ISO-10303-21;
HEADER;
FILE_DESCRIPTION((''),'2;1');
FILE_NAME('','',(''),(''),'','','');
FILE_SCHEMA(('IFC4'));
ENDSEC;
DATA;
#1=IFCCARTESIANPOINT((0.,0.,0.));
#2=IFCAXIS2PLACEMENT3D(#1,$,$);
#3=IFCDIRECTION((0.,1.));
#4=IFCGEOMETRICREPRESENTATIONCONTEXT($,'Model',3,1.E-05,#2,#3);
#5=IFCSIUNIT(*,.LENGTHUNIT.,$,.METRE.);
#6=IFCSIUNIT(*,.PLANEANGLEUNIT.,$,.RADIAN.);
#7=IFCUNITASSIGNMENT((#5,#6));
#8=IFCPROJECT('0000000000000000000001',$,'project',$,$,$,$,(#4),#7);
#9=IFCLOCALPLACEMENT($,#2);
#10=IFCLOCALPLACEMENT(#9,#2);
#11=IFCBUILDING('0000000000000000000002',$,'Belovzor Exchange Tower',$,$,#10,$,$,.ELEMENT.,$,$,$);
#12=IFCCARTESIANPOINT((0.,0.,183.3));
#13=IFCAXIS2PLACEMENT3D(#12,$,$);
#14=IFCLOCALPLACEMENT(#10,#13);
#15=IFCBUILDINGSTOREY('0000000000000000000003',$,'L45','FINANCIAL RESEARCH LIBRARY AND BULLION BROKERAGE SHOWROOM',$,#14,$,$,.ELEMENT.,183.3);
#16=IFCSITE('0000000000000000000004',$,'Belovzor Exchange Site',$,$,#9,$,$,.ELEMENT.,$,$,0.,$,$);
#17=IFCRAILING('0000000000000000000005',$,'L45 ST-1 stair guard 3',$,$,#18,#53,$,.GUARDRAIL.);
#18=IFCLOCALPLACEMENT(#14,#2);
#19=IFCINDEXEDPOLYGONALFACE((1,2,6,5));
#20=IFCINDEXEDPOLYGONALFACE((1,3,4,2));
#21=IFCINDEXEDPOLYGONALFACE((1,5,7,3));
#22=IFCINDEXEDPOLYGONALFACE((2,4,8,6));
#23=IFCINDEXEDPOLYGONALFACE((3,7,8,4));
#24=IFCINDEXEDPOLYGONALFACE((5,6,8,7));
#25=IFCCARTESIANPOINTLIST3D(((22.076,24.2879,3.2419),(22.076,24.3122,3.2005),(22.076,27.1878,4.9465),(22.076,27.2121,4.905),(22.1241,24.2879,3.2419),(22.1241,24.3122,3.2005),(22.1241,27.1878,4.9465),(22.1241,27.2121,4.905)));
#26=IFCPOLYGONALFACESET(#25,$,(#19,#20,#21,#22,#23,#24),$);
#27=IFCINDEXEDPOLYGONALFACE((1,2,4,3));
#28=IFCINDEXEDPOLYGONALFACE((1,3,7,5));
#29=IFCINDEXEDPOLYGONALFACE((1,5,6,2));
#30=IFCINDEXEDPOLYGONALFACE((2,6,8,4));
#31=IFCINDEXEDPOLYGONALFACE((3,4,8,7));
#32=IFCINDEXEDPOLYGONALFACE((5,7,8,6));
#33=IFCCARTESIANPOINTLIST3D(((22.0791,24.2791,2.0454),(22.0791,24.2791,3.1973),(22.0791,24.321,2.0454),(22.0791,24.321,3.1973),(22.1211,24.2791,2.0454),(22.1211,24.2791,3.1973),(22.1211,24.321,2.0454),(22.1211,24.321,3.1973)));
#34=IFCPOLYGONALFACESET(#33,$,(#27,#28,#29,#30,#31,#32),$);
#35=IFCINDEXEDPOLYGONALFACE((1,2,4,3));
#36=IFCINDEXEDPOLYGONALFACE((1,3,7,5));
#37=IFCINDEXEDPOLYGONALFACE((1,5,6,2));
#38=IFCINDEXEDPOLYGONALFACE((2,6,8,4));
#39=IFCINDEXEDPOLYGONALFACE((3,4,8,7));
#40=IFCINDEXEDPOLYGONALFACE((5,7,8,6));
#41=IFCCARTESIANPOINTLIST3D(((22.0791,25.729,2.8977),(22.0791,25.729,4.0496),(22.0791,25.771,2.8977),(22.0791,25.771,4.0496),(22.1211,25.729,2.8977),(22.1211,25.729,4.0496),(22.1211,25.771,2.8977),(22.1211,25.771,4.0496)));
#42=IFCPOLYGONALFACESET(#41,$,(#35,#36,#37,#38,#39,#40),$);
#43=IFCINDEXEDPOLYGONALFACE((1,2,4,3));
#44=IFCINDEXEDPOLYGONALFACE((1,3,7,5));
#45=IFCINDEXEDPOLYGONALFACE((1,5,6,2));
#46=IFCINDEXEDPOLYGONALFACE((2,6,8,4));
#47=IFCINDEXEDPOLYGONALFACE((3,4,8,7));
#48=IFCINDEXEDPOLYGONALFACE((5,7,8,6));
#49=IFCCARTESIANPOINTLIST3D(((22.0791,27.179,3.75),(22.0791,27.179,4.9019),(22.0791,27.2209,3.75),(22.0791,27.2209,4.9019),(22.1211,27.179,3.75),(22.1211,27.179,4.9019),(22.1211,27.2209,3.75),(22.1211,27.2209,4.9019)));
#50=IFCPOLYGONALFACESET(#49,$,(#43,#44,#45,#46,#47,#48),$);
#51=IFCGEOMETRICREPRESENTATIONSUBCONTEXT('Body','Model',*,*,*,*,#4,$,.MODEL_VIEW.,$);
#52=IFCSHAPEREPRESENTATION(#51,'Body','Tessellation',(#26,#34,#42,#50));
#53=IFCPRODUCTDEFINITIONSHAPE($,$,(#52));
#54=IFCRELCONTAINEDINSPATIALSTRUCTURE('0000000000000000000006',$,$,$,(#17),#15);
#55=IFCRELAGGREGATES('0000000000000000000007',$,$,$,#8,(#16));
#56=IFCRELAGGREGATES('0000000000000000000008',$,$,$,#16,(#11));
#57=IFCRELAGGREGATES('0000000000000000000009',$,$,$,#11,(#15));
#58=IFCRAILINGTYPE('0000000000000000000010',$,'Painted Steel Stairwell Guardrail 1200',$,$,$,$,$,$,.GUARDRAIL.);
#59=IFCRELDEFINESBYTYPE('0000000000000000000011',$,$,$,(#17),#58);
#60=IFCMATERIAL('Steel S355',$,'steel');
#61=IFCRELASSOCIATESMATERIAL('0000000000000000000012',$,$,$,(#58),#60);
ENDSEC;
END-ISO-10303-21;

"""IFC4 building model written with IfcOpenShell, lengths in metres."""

from ifc_helpers import new_model, si_unit, direction, frame, origin, origin_2d, place, context, subcontext, project, spatial, rectangle, extrude, material, type_object, element, save


model = new_model("IFC4")

# Units and contexts
model_context = context("Model", 3, precision=1e-05, world=origin(), true_north=direction((0.0, 1.0)))
body_context = subcontext(model_context, "Body", "Model", "MODEL_VIEW")
ifc_project = project(units=[si_unit("LENGTHUNIT", "METRE"), si_unit("PLANEANGLEUNIT", "RADIAN")], contexts=[model_context])

# Site, building, storey
site_placement = place(None, origin())
site = spatial("IfcSite", under=ifc_project, at=site_placement, Name="Belovzor Exchange Site", CompositionType="ELEMENT", RefElevation=0.0)
building_placement = place(site_placement, origin())
building = spatial("IfcBuilding", under=site, at=building_placement, Name="Belovzor Exchange Tower", CompositionType="ELEMENT")
storey_placement = place(building_placement, frame((0.0, 0.0, 183.3)))
storey = spatial("IfcBuildingStorey", under=building, at=storey_placement, Name="L45", Description="FINANCIAL RESEARCH LIBRARY AND BULLION BROKERAGE SHOWROOM", CompositionType="ELEMENT", Elevation=183.3)

# Railing
ifc_material_1 = material(Name="Steel S355", Category="steel")
railing_type_1 = type_object("IfcRailingType", Name="Painted Steel Stairwell Guardrail 1200", PredefinedType="GUARDRAIL", material=ifc_material_1)
railing_1_placement = place(storey_placement, frame((22.1001, 24.3, 2.0454)))
element("IfcRailing", 1, at=railing_1_placement, inside=storey, type_object=railing_type_1, Name="L45 ST-1 stair guard 3", PredefinedType="GUARDRAIL", context=body_context, shape_type="SweptSolid", body=[
    extrude(rectangle(XDim=0.0481, YDim=0.0481, at=origin_2d()), frame((0.0, 0.0, 1.1758), z_axis=(0.0, 0.862095, 0.506747), x_axis=(-1.0, 0.0, 0.0)), (0.0, 0.0, 1.0), 3.3638),
    extrude(rectangle(XDim=0.042, YDim=0.042, at=origin_2d()), origin(), (0.0, 0.0, 1.0), 1.1519),
    extrude(rectangle(XDim=0.042, YDim=0.042, at=origin_2d()), frame((0.0, 1.45, 0.8523)), (0.0, 0.0, 1.0), 1.1519),
    extrude(rectangle(XDim=0.042, YDim=0.042, at=origin_2d()), frame((0.0, 2.8999, 1.7046)), (0.0, 0.0, 1.0), 1.1519),
])

save(model, "model.ifc")
